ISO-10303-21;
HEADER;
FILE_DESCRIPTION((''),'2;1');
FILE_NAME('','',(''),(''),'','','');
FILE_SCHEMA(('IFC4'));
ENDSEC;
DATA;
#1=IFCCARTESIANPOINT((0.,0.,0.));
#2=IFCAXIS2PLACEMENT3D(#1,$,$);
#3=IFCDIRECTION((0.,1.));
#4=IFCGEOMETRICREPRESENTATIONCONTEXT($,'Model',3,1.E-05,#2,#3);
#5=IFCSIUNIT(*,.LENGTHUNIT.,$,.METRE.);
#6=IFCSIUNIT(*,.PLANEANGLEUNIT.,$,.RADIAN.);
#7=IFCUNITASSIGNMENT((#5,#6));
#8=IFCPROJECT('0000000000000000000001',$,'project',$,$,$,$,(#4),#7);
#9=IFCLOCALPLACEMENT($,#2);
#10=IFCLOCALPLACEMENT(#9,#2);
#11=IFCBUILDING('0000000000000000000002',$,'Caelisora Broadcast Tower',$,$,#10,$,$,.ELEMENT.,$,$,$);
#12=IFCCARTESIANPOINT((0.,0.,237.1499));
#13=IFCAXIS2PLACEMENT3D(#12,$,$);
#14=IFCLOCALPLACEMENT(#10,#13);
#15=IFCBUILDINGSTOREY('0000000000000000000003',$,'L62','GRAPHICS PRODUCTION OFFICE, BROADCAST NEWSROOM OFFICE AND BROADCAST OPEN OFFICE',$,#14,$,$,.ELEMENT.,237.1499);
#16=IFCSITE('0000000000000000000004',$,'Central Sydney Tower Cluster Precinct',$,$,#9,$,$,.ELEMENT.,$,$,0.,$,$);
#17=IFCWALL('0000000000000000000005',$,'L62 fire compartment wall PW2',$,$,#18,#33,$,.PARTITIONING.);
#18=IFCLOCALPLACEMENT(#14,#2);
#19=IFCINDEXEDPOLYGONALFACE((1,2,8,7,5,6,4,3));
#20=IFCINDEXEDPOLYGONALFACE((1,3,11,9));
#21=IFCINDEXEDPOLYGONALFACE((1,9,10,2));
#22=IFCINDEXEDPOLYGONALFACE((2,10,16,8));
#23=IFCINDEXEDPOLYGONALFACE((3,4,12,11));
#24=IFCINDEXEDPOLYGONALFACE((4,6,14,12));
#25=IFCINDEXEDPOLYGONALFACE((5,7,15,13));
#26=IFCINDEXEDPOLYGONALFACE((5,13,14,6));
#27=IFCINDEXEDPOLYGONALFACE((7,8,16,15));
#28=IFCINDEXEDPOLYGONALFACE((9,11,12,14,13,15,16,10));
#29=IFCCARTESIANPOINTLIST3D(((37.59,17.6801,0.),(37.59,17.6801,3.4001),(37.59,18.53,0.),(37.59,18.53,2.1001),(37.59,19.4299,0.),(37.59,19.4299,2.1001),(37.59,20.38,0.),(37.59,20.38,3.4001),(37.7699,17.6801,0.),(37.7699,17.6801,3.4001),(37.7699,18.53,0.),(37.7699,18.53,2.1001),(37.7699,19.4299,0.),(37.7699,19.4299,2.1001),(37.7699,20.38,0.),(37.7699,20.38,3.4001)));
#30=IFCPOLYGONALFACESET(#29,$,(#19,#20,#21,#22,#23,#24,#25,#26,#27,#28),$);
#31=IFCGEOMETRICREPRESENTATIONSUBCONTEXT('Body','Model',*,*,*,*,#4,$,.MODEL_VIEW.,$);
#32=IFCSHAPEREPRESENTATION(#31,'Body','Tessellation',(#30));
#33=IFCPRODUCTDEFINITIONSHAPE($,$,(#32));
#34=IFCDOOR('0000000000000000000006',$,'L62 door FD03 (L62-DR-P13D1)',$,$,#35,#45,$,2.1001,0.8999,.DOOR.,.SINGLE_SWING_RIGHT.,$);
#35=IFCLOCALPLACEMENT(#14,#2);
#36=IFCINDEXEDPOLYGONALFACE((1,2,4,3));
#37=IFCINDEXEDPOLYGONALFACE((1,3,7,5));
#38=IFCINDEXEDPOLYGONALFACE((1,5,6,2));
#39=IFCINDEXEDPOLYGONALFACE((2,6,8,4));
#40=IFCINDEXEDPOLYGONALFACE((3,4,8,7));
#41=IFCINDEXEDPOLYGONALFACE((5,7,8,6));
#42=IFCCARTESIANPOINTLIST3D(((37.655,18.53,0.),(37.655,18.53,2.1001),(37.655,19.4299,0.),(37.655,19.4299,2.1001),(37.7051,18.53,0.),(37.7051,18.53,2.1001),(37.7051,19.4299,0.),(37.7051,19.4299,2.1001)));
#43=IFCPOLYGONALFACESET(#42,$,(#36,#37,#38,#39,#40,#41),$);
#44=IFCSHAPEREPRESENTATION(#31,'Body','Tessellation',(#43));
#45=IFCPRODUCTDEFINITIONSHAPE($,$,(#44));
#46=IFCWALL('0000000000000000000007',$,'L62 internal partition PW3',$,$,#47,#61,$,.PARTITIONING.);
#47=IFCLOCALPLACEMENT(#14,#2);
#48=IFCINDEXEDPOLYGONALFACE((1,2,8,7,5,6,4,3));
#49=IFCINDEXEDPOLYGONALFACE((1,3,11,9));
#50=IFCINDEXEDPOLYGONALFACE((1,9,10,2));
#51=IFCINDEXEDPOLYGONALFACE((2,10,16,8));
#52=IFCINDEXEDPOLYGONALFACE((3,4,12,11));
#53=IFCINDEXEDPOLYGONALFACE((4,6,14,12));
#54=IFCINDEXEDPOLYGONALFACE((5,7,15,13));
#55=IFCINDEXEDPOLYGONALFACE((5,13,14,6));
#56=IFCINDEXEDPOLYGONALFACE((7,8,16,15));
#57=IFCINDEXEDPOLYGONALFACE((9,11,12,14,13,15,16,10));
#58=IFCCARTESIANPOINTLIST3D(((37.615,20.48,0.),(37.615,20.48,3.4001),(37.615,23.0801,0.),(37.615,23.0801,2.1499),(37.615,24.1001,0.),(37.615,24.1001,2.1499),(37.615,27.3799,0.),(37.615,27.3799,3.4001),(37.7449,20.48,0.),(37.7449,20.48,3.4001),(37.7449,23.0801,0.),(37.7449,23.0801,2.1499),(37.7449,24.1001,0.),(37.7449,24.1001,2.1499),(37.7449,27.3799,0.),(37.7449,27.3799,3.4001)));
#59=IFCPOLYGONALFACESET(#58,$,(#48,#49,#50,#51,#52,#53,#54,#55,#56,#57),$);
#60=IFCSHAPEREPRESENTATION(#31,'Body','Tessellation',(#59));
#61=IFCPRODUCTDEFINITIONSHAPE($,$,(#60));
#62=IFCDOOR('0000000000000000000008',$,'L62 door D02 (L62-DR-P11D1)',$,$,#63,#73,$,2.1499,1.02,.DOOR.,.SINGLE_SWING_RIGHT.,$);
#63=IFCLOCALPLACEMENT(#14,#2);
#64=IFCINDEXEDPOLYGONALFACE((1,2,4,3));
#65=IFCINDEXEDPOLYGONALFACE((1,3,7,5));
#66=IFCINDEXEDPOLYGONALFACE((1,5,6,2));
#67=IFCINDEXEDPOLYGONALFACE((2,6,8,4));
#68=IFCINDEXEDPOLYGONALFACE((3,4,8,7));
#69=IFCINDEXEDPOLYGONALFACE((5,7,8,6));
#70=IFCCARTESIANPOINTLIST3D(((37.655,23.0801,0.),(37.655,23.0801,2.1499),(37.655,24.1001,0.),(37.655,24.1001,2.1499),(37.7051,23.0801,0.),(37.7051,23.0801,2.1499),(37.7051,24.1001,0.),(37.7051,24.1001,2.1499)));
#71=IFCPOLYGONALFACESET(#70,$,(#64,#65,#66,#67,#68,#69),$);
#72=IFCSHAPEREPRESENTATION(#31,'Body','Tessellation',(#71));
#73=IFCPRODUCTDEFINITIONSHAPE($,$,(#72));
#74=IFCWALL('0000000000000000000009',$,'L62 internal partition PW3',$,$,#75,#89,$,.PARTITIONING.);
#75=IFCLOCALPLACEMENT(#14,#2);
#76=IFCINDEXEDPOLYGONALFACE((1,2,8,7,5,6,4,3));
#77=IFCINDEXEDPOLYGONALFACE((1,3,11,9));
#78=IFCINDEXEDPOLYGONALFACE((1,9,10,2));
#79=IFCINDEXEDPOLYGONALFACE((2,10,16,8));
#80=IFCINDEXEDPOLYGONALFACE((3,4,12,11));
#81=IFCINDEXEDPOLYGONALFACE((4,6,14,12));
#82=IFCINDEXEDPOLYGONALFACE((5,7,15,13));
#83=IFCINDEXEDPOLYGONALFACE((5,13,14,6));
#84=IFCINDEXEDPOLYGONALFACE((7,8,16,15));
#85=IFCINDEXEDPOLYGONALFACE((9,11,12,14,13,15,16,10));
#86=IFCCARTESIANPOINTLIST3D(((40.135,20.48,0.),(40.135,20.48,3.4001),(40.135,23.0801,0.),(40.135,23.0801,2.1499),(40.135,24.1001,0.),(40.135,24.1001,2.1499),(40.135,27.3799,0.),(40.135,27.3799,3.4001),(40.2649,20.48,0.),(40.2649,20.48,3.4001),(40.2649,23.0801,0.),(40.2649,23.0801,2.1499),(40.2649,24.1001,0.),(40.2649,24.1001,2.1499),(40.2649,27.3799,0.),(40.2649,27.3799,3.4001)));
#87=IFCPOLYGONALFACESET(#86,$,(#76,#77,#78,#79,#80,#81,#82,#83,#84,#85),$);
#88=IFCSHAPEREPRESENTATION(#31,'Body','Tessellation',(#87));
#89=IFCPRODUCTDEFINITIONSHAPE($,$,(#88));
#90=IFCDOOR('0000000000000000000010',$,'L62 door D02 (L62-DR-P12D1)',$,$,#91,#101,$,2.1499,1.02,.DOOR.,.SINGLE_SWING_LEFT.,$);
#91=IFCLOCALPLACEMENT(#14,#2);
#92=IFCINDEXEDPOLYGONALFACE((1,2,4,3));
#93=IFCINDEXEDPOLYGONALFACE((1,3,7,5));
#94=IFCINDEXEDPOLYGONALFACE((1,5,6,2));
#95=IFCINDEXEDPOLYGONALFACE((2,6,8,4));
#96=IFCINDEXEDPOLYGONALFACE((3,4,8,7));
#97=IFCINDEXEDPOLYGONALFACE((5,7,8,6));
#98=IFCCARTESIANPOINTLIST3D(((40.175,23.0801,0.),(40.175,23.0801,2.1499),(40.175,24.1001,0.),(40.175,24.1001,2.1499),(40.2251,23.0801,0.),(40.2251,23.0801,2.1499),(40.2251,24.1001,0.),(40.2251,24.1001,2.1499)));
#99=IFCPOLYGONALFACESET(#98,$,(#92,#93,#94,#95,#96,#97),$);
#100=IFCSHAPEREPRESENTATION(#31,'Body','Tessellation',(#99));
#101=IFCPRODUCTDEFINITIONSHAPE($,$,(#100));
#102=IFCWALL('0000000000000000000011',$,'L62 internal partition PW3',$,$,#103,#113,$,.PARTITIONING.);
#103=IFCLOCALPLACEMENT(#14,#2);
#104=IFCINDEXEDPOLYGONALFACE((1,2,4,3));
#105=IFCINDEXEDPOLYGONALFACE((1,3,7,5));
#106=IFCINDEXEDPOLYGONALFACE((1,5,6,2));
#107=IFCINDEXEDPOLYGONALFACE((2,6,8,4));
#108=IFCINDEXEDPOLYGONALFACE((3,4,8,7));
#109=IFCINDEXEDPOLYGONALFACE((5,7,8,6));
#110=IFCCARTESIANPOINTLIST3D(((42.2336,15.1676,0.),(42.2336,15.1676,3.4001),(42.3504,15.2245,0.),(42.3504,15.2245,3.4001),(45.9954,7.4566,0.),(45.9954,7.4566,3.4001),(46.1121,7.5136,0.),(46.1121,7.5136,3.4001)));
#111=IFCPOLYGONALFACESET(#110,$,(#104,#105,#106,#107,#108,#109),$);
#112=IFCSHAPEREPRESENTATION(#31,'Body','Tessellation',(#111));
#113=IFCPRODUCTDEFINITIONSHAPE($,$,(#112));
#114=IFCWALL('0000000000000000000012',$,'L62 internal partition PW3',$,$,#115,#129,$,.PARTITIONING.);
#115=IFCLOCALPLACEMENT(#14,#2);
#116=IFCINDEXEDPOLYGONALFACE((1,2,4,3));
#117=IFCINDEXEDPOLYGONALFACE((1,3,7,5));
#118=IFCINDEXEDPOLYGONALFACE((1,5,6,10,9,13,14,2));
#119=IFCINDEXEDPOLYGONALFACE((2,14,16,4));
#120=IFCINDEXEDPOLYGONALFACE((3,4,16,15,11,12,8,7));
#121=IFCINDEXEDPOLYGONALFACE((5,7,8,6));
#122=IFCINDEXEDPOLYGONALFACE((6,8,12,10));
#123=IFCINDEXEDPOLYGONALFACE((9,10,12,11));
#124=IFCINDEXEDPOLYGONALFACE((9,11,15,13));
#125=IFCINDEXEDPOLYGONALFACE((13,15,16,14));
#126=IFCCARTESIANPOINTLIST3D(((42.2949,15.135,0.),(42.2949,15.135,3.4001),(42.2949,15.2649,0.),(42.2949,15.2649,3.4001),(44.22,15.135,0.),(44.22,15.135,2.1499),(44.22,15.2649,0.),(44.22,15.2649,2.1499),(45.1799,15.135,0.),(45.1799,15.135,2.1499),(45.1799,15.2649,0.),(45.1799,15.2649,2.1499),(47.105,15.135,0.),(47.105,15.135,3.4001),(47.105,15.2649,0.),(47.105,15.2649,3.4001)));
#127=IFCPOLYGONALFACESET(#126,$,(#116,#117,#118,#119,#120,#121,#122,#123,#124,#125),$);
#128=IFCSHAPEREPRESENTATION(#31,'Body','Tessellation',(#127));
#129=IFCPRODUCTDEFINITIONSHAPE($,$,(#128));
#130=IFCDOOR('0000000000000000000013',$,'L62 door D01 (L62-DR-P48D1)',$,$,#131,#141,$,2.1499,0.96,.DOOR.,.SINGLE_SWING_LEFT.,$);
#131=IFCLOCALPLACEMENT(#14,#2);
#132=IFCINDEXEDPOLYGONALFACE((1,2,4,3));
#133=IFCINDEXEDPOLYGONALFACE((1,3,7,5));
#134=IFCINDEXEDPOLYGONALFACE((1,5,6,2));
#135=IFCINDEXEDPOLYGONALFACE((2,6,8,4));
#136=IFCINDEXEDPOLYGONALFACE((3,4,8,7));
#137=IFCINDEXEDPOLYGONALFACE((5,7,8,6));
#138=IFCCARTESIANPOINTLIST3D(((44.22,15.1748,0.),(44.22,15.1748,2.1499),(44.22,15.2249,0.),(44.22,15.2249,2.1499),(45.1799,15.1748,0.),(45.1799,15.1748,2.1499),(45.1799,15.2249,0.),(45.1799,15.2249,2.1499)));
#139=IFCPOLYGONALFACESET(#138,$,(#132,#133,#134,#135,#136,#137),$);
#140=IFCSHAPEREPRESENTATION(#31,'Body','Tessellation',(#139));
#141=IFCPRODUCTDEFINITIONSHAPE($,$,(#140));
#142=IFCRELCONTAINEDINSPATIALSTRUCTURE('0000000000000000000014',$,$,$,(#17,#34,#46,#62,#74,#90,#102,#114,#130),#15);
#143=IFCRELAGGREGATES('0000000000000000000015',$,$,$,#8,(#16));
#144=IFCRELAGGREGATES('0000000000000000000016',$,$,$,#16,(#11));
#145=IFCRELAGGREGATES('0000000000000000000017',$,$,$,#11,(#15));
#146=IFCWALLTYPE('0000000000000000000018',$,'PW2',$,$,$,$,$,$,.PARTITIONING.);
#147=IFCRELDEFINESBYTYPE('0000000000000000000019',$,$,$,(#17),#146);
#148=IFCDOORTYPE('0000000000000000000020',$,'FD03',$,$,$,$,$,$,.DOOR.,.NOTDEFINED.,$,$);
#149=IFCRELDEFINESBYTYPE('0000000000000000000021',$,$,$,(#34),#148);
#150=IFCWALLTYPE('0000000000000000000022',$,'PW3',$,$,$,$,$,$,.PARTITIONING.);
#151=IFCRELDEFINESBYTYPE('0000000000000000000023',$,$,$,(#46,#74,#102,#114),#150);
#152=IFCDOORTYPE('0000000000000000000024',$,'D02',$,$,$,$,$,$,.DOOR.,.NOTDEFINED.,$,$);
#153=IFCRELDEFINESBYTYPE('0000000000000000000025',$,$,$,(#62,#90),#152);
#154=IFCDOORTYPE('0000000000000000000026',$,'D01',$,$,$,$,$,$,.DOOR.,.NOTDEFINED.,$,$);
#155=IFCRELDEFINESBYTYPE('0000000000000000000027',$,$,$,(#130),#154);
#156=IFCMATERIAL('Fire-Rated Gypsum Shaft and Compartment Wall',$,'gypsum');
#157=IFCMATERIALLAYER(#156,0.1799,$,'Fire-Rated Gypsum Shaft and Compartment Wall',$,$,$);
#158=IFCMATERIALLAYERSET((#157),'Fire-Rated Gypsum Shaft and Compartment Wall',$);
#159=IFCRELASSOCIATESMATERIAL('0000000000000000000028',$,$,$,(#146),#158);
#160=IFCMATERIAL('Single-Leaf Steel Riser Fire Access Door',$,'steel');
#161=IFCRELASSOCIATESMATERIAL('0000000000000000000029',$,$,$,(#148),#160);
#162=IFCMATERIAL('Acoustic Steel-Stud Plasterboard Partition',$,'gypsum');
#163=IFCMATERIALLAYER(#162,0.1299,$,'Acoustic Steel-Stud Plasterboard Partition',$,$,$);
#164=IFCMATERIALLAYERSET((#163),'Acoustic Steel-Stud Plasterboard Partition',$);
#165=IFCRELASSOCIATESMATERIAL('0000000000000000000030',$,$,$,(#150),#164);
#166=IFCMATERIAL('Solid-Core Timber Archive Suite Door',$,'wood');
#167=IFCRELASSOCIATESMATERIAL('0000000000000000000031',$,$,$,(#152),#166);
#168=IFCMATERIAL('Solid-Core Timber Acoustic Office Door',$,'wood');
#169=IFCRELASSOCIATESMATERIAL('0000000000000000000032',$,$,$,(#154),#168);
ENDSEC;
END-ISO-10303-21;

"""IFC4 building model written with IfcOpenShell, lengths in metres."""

from ifc_helpers import new_model, si_unit, direction, frame, frame_2d, origin, place, context, subcontext, project, spatial, rectangle, extrude, material, layer, layer_set, type_object, element, fill, save


model = new_model("IFC4")

# Units and contexts
model_context = context("Model", 3, precision=1e-05, world=origin(), true_north=direction((0.0, 1.0)))
body_context = subcontext(model_context, "Body", "Model", "MODEL_VIEW")
ifc_project = project(units=[si_unit("LENGTHUNIT", "METRE"), si_unit("PLANEANGLEUNIT", "RADIAN")], contexts=[model_context])

# Site, building, storey
site_placement = place(None, origin())
site = spatial("IfcSite", under=ifc_project, at=site_placement, Name="Central Sydney Tower Cluster Precinct", CompositionType="ELEMENT", RefElevation=0.0)
building_placement = place(site_placement, origin())
building = spatial("IfcBuilding", under=site, at=building_placement, Name="Caelisora Broadcast Tower", CompositionType="ELEMENT")
storey_placement = place(building_placement, frame((0.0, 0.0, 237.1499)))
storey = spatial("IfcBuildingStorey", under=building, at=storey_placement, Name="L62", Description="GRAPHICS PRODUCTION OFFICE, BROADCAST NEWSROOM OFFICE AND BROADCAST OPEN OFFICE", CompositionType="ELEMENT", Elevation=237.1499)

# Shared definitions
ifc_material_1 = material(Name="Fire-Rated Gypsum Shaft and Compartment Wall", Category="gypsum")
ifc_layer_1 = layer(ifc_material_1, 0.1799, Name="Fire-Rated Gypsum Shaft and Compartment Wall")
ifc_layer_set_1 = layer_set([ifc_layer_1], Name="Fire-Rated Gypsum Shaft and Compartment Wall")
wall_type_1 = type_object("IfcWallType", Name="PW2", PredefinedType="PARTITIONING", material=ifc_layer_set_1)

# Walls, openings, doors
wall_1_placement = place(storey_placement, frame((37.6799, 17.6799, 0.0), z_axis=(0.0, 0.0, 1.0), x_axis=(0.0, 1.0, 0.0)))
wall_1 = element("IfcWall", 1, at=wall_1_placement, inside=storey, type_object=wall_type_1, Name="L62 fire compartment wall PW2", PredefinedType="PARTITIONING", context=body_context, shape_type="SweptSolid", body=[
    extrude(rectangle(XDim=2.7, YDim=0.1799, at=frame_2d((1.3501, 0.0))), origin(), (0.0, 0.0, 1.0), 3.4001),
])
opening_1_placement = place(wall_1_placement, frame((0.8501, 0.0, 0.0)))
opening_1 = element("IfcOpeningElement", 2, at=opening_1_placement, cuts=wall_1, PredefinedType="OPENING", context=body_context, shape_type="SweptSolid", body=[
    extrude(rectangle(XDim=0.8999, YDim=2.1001, at=frame_2d((0.45, 1.05))), frame((0.0, 0.1021, 0.0), z_axis=(0.0, -1.0, 0.0), x_axis=(1.0, 0.0, 0.0)), (0.0, 0.0, 1.0), 0.2039),
])
ifc_material_2 = material(Name="Single-Leaf Steel Riser Fire Access Door", Category="steel")
door_type_1 = type_object("IfcDoorType", Name="FD03", OperationType="NOTDEFINED", PredefinedType="DOOR", material=ifc_material_2)
door_1_placement = place(opening_1_placement, origin())
door_1 = element("IfcDoor", 3, at=door_1_placement, inside=storey, type_object=door_type_1, Name="L62 door FD03 (L62-DR-P13D1)", OperationType="SINGLE_SWING_RIGHT", OverallHeight=2.1001, OverallWidth=0.8999, PredefinedType="DOOR", context=body_context, shape_type="SweptSolid", body=[
    extrude(rectangle(XDim=0.8999, YDim=2.1001, at=frame_2d((0.45, 1.05))), frame((0.0, 0.0249, 0.0), z_axis=(0.0, -1.0, 0.0), x_axis=(1.0, 0.0, 0.0)), (0.0, 0.0, 1.0), 0.05),
])
fill(opening_1, door_1)
ifc_material_3 = material(Name="Acoustic Steel-Stud Plasterboard Partition", Category="gypsum")
ifc_layer_2 = layer(ifc_material_3, 0.1299, Name="Acoustic Steel-Stud Plasterboard Partition")
ifc_layer_set_2 = layer_set([ifc_layer_2], Name="Acoustic Steel-Stud Plasterboard Partition")
wall_type_2 = type_object("IfcWallType", Name="PW3", PredefinedType="PARTITIONING", material=ifc_layer_set_2)
wall_2_placement = place(storey_placement, frame((37.6799, 20.48, 0.0), z_axis=(0.0, 0.0, 1.0), x_axis=(0.0, 1.0, 0.0)))
wall_2 = element("IfcWall", 4, at=wall_2_placement, inside=storey, type_object=wall_type_2, Name="L62 internal partition PW3", PredefinedType="PARTITIONING", context=body_context, shape_type="SweptSolid", body=[
    extrude(rectangle(XDim=6.8999, YDim=0.1299, at=frame_2d((3.45, 0.0))), origin(), (0.0, 0.0, 1.0), 3.4001),
])
opening_2_placement = place(wall_2_placement, frame((2.6001, 0.0, 0.0)))
opening_2 = element("IfcOpeningElement", 5, at=opening_2_placement, cuts=wall_2, PredefinedType="OPENING", context=body_context, shape_type="SweptSolid", body=[
    extrude(rectangle(XDim=1.02, YDim=2.1499, at=frame_2d((0.51, 1.075))), frame((0.0, 0.0769, 0.0), z_axis=(0.0, -1.0, 0.0), x_axis=(1.0, 0.0, 0.0)), (0.0, 0.0, 1.0), 0.1538),
])
ifc_material_4 = material(Name="Solid-Core Timber Archive Suite Door", Category="wood")
door_type_2 = type_object("IfcDoorType", Name="D02", OperationType="NOTDEFINED", PredefinedType="DOOR", material=ifc_material_4)
door_2_placement = place(opening_2_placement, origin())
door_2 = element("IfcDoor", 6, at=door_2_placement, inside=storey, type_object=door_type_2, Name="L62 door D02 (L62-DR-P11D1)", OperationType="SINGLE_SWING_RIGHT", OverallHeight=2.1499, OverallWidth=1.02, PredefinedType="DOOR", context=body_context, shape_type="SweptSolid", body=[
    extrude(rectangle(XDim=1.02, YDim=2.1499, at=frame_2d((0.51, 1.075))), frame((0.0, 0.0249, 0.0), z_axis=(0.0, -1.0, 0.0), x_axis=(1.0, 0.0, 0.0)), (0.0, 0.0, 1.0), 0.05),
])
fill(opening_2, door_2)
wall_3_placement = place(storey_placement, frame((40.2, 20.48, 0.0), z_axis=(0.0, 0.0, 1.0), x_axis=(0.0, 1.0, 0.0)))
wall_3 = element("IfcWall", 7, at=wall_3_placement, inside=storey, type_object=wall_type_2, Name="L62 internal partition PW3", PredefinedType="PARTITIONING", context=body_context, shape_type="SweptSolid", body=[
    extrude(rectangle(XDim=6.8999, YDim=0.1299, at=frame_2d((3.45, 0.0))), origin(), (0.0, 0.0, 1.0), 3.4001),
])
opening_3_placement = place(wall_3_placement, frame((2.6001, 0.0, 0.0)))
opening_3 = element("IfcOpeningElement", 8, at=opening_3_placement, cuts=wall_3, PredefinedType="OPENING", context=body_context, shape_type="SweptSolid", body=[
    extrude(rectangle(XDim=1.02, YDim=2.1499, at=frame_2d((0.51, 1.075))), frame((0.0, 0.0769, 0.0), z_axis=(0.0, -1.0, 0.0), x_axis=(1.0, 0.0, 0.0)), (0.0, 0.0, 1.0), 0.1538),
])
door_3_placement = place(opening_3_placement, origin())
door_3 = element("IfcDoor", 9, at=door_3_placement, inside=storey, type_object=door_type_2, Name="L62 door D02 (L62-DR-P12D1)", OperationType="SINGLE_SWING_LEFT", OverallHeight=2.1499, OverallWidth=1.02, PredefinedType="DOOR", context=body_context, shape_type="SweptSolid", body=[
    extrude(rectangle(XDim=1.02, YDim=2.1499, at=frame_2d((0.51, 1.075))), frame((0.0, 0.0249, 0.0), z_axis=(0.0, -1.0, 0.0), x_axis=(1.0, 0.0, 0.0)), (0.0, 0.0, 1.0), 0.05),
])
fill(opening_3, door_3)

# Wall
wall_4_placement = place(storey_placement, frame((42.292, 15.196, 0.0), z_axis=(0.0, 0.0, 1.0), x_axis=(0.438451, -0.898755, 0.0)))
element("IfcWall", 10, at=wall_4_placement, inside=storey, type_object=wall_type_2, Name="L62 internal partition PW3", PredefinedType="PARTITIONING", context=body_context, shape_type="SweptSolid", body=[
    extrude(rectangle(XDim=8.5796, YDim=0.1299, at=frame_2d((4.2898, 0.0))), origin(), (0.0, 0.0, 1.0), 3.4001),
])

# Wall, opening, door
wall_5_placement = place(storey_placement, frame((42.2949, 15.2, 0.0), z_axis=(0.0, 0.0, 1.0), x_axis=(1.0, 0.0, 0.0)))
wall_5 = element("IfcWall", 11, at=wall_5_placement, inside=storey, type_object=wall_type_2, Name="L62 internal partition PW3", PredefinedType="PARTITIONING", context=body_context, shape_type="SweptSolid", body=[
    extrude(rectangle(XDim=4.8101, YDim=0.1299, at=frame_2d((2.405, 0.0))), origin(), (0.0, 0.0, 1.0), 3.4001),
])
opening_4_placement = place(wall_5_placement, frame((1.925, 0.0, 0.0)))
opening_4 = element("IfcOpeningElement", 12, at=opening_4_placement, cuts=wall_5, PredefinedType="OPENING", context=body_context, shape_type="SweptSolid", body=[
    extrude(rectangle(XDim=0.96, YDim=2.1499, at=frame_2d((0.48, 1.075))), frame((0.0, 0.0769, 0.0), z_axis=(0.0, -1.0, 0.0), x_axis=(1.0, 0.0, 0.0)), (0.0, 0.0, 1.0), 0.1538),
])
ifc_material_5 = material(Name="Solid-Core Timber Acoustic Office Door", Category="wood")
door_type_3 = type_object("IfcDoorType", Name="D01", OperationType="NOTDEFINED", PredefinedType="DOOR", material=ifc_material_5)
door_4_placement = place(opening_4_placement, origin())
door_4 = element("IfcDoor", 13, at=door_4_placement, inside=storey, type_object=door_type_3, Name="L62 door D01 (L62-DR-P48D1)", OperationType="SINGLE_SWING_LEFT", OverallHeight=2.1499, OverallWidth=0.96, PredefinedType="DOOR", context=body_context, shape_type="SweptSolid", body=[
    extrude(rectangle(XDim=0.96, YDim=2.1499, at=frame_2d((0.48, 1.075))), frame((0.0, 0.0249, 0.0), z_axis=(0.0, -1.0, 0.0), x_axis=(1.0, 0.0, 0.0)), (0.0, 0.0, 1.0), 0.05),
])
fill(opening_4, door_4)

save(model, "model.ifc")
